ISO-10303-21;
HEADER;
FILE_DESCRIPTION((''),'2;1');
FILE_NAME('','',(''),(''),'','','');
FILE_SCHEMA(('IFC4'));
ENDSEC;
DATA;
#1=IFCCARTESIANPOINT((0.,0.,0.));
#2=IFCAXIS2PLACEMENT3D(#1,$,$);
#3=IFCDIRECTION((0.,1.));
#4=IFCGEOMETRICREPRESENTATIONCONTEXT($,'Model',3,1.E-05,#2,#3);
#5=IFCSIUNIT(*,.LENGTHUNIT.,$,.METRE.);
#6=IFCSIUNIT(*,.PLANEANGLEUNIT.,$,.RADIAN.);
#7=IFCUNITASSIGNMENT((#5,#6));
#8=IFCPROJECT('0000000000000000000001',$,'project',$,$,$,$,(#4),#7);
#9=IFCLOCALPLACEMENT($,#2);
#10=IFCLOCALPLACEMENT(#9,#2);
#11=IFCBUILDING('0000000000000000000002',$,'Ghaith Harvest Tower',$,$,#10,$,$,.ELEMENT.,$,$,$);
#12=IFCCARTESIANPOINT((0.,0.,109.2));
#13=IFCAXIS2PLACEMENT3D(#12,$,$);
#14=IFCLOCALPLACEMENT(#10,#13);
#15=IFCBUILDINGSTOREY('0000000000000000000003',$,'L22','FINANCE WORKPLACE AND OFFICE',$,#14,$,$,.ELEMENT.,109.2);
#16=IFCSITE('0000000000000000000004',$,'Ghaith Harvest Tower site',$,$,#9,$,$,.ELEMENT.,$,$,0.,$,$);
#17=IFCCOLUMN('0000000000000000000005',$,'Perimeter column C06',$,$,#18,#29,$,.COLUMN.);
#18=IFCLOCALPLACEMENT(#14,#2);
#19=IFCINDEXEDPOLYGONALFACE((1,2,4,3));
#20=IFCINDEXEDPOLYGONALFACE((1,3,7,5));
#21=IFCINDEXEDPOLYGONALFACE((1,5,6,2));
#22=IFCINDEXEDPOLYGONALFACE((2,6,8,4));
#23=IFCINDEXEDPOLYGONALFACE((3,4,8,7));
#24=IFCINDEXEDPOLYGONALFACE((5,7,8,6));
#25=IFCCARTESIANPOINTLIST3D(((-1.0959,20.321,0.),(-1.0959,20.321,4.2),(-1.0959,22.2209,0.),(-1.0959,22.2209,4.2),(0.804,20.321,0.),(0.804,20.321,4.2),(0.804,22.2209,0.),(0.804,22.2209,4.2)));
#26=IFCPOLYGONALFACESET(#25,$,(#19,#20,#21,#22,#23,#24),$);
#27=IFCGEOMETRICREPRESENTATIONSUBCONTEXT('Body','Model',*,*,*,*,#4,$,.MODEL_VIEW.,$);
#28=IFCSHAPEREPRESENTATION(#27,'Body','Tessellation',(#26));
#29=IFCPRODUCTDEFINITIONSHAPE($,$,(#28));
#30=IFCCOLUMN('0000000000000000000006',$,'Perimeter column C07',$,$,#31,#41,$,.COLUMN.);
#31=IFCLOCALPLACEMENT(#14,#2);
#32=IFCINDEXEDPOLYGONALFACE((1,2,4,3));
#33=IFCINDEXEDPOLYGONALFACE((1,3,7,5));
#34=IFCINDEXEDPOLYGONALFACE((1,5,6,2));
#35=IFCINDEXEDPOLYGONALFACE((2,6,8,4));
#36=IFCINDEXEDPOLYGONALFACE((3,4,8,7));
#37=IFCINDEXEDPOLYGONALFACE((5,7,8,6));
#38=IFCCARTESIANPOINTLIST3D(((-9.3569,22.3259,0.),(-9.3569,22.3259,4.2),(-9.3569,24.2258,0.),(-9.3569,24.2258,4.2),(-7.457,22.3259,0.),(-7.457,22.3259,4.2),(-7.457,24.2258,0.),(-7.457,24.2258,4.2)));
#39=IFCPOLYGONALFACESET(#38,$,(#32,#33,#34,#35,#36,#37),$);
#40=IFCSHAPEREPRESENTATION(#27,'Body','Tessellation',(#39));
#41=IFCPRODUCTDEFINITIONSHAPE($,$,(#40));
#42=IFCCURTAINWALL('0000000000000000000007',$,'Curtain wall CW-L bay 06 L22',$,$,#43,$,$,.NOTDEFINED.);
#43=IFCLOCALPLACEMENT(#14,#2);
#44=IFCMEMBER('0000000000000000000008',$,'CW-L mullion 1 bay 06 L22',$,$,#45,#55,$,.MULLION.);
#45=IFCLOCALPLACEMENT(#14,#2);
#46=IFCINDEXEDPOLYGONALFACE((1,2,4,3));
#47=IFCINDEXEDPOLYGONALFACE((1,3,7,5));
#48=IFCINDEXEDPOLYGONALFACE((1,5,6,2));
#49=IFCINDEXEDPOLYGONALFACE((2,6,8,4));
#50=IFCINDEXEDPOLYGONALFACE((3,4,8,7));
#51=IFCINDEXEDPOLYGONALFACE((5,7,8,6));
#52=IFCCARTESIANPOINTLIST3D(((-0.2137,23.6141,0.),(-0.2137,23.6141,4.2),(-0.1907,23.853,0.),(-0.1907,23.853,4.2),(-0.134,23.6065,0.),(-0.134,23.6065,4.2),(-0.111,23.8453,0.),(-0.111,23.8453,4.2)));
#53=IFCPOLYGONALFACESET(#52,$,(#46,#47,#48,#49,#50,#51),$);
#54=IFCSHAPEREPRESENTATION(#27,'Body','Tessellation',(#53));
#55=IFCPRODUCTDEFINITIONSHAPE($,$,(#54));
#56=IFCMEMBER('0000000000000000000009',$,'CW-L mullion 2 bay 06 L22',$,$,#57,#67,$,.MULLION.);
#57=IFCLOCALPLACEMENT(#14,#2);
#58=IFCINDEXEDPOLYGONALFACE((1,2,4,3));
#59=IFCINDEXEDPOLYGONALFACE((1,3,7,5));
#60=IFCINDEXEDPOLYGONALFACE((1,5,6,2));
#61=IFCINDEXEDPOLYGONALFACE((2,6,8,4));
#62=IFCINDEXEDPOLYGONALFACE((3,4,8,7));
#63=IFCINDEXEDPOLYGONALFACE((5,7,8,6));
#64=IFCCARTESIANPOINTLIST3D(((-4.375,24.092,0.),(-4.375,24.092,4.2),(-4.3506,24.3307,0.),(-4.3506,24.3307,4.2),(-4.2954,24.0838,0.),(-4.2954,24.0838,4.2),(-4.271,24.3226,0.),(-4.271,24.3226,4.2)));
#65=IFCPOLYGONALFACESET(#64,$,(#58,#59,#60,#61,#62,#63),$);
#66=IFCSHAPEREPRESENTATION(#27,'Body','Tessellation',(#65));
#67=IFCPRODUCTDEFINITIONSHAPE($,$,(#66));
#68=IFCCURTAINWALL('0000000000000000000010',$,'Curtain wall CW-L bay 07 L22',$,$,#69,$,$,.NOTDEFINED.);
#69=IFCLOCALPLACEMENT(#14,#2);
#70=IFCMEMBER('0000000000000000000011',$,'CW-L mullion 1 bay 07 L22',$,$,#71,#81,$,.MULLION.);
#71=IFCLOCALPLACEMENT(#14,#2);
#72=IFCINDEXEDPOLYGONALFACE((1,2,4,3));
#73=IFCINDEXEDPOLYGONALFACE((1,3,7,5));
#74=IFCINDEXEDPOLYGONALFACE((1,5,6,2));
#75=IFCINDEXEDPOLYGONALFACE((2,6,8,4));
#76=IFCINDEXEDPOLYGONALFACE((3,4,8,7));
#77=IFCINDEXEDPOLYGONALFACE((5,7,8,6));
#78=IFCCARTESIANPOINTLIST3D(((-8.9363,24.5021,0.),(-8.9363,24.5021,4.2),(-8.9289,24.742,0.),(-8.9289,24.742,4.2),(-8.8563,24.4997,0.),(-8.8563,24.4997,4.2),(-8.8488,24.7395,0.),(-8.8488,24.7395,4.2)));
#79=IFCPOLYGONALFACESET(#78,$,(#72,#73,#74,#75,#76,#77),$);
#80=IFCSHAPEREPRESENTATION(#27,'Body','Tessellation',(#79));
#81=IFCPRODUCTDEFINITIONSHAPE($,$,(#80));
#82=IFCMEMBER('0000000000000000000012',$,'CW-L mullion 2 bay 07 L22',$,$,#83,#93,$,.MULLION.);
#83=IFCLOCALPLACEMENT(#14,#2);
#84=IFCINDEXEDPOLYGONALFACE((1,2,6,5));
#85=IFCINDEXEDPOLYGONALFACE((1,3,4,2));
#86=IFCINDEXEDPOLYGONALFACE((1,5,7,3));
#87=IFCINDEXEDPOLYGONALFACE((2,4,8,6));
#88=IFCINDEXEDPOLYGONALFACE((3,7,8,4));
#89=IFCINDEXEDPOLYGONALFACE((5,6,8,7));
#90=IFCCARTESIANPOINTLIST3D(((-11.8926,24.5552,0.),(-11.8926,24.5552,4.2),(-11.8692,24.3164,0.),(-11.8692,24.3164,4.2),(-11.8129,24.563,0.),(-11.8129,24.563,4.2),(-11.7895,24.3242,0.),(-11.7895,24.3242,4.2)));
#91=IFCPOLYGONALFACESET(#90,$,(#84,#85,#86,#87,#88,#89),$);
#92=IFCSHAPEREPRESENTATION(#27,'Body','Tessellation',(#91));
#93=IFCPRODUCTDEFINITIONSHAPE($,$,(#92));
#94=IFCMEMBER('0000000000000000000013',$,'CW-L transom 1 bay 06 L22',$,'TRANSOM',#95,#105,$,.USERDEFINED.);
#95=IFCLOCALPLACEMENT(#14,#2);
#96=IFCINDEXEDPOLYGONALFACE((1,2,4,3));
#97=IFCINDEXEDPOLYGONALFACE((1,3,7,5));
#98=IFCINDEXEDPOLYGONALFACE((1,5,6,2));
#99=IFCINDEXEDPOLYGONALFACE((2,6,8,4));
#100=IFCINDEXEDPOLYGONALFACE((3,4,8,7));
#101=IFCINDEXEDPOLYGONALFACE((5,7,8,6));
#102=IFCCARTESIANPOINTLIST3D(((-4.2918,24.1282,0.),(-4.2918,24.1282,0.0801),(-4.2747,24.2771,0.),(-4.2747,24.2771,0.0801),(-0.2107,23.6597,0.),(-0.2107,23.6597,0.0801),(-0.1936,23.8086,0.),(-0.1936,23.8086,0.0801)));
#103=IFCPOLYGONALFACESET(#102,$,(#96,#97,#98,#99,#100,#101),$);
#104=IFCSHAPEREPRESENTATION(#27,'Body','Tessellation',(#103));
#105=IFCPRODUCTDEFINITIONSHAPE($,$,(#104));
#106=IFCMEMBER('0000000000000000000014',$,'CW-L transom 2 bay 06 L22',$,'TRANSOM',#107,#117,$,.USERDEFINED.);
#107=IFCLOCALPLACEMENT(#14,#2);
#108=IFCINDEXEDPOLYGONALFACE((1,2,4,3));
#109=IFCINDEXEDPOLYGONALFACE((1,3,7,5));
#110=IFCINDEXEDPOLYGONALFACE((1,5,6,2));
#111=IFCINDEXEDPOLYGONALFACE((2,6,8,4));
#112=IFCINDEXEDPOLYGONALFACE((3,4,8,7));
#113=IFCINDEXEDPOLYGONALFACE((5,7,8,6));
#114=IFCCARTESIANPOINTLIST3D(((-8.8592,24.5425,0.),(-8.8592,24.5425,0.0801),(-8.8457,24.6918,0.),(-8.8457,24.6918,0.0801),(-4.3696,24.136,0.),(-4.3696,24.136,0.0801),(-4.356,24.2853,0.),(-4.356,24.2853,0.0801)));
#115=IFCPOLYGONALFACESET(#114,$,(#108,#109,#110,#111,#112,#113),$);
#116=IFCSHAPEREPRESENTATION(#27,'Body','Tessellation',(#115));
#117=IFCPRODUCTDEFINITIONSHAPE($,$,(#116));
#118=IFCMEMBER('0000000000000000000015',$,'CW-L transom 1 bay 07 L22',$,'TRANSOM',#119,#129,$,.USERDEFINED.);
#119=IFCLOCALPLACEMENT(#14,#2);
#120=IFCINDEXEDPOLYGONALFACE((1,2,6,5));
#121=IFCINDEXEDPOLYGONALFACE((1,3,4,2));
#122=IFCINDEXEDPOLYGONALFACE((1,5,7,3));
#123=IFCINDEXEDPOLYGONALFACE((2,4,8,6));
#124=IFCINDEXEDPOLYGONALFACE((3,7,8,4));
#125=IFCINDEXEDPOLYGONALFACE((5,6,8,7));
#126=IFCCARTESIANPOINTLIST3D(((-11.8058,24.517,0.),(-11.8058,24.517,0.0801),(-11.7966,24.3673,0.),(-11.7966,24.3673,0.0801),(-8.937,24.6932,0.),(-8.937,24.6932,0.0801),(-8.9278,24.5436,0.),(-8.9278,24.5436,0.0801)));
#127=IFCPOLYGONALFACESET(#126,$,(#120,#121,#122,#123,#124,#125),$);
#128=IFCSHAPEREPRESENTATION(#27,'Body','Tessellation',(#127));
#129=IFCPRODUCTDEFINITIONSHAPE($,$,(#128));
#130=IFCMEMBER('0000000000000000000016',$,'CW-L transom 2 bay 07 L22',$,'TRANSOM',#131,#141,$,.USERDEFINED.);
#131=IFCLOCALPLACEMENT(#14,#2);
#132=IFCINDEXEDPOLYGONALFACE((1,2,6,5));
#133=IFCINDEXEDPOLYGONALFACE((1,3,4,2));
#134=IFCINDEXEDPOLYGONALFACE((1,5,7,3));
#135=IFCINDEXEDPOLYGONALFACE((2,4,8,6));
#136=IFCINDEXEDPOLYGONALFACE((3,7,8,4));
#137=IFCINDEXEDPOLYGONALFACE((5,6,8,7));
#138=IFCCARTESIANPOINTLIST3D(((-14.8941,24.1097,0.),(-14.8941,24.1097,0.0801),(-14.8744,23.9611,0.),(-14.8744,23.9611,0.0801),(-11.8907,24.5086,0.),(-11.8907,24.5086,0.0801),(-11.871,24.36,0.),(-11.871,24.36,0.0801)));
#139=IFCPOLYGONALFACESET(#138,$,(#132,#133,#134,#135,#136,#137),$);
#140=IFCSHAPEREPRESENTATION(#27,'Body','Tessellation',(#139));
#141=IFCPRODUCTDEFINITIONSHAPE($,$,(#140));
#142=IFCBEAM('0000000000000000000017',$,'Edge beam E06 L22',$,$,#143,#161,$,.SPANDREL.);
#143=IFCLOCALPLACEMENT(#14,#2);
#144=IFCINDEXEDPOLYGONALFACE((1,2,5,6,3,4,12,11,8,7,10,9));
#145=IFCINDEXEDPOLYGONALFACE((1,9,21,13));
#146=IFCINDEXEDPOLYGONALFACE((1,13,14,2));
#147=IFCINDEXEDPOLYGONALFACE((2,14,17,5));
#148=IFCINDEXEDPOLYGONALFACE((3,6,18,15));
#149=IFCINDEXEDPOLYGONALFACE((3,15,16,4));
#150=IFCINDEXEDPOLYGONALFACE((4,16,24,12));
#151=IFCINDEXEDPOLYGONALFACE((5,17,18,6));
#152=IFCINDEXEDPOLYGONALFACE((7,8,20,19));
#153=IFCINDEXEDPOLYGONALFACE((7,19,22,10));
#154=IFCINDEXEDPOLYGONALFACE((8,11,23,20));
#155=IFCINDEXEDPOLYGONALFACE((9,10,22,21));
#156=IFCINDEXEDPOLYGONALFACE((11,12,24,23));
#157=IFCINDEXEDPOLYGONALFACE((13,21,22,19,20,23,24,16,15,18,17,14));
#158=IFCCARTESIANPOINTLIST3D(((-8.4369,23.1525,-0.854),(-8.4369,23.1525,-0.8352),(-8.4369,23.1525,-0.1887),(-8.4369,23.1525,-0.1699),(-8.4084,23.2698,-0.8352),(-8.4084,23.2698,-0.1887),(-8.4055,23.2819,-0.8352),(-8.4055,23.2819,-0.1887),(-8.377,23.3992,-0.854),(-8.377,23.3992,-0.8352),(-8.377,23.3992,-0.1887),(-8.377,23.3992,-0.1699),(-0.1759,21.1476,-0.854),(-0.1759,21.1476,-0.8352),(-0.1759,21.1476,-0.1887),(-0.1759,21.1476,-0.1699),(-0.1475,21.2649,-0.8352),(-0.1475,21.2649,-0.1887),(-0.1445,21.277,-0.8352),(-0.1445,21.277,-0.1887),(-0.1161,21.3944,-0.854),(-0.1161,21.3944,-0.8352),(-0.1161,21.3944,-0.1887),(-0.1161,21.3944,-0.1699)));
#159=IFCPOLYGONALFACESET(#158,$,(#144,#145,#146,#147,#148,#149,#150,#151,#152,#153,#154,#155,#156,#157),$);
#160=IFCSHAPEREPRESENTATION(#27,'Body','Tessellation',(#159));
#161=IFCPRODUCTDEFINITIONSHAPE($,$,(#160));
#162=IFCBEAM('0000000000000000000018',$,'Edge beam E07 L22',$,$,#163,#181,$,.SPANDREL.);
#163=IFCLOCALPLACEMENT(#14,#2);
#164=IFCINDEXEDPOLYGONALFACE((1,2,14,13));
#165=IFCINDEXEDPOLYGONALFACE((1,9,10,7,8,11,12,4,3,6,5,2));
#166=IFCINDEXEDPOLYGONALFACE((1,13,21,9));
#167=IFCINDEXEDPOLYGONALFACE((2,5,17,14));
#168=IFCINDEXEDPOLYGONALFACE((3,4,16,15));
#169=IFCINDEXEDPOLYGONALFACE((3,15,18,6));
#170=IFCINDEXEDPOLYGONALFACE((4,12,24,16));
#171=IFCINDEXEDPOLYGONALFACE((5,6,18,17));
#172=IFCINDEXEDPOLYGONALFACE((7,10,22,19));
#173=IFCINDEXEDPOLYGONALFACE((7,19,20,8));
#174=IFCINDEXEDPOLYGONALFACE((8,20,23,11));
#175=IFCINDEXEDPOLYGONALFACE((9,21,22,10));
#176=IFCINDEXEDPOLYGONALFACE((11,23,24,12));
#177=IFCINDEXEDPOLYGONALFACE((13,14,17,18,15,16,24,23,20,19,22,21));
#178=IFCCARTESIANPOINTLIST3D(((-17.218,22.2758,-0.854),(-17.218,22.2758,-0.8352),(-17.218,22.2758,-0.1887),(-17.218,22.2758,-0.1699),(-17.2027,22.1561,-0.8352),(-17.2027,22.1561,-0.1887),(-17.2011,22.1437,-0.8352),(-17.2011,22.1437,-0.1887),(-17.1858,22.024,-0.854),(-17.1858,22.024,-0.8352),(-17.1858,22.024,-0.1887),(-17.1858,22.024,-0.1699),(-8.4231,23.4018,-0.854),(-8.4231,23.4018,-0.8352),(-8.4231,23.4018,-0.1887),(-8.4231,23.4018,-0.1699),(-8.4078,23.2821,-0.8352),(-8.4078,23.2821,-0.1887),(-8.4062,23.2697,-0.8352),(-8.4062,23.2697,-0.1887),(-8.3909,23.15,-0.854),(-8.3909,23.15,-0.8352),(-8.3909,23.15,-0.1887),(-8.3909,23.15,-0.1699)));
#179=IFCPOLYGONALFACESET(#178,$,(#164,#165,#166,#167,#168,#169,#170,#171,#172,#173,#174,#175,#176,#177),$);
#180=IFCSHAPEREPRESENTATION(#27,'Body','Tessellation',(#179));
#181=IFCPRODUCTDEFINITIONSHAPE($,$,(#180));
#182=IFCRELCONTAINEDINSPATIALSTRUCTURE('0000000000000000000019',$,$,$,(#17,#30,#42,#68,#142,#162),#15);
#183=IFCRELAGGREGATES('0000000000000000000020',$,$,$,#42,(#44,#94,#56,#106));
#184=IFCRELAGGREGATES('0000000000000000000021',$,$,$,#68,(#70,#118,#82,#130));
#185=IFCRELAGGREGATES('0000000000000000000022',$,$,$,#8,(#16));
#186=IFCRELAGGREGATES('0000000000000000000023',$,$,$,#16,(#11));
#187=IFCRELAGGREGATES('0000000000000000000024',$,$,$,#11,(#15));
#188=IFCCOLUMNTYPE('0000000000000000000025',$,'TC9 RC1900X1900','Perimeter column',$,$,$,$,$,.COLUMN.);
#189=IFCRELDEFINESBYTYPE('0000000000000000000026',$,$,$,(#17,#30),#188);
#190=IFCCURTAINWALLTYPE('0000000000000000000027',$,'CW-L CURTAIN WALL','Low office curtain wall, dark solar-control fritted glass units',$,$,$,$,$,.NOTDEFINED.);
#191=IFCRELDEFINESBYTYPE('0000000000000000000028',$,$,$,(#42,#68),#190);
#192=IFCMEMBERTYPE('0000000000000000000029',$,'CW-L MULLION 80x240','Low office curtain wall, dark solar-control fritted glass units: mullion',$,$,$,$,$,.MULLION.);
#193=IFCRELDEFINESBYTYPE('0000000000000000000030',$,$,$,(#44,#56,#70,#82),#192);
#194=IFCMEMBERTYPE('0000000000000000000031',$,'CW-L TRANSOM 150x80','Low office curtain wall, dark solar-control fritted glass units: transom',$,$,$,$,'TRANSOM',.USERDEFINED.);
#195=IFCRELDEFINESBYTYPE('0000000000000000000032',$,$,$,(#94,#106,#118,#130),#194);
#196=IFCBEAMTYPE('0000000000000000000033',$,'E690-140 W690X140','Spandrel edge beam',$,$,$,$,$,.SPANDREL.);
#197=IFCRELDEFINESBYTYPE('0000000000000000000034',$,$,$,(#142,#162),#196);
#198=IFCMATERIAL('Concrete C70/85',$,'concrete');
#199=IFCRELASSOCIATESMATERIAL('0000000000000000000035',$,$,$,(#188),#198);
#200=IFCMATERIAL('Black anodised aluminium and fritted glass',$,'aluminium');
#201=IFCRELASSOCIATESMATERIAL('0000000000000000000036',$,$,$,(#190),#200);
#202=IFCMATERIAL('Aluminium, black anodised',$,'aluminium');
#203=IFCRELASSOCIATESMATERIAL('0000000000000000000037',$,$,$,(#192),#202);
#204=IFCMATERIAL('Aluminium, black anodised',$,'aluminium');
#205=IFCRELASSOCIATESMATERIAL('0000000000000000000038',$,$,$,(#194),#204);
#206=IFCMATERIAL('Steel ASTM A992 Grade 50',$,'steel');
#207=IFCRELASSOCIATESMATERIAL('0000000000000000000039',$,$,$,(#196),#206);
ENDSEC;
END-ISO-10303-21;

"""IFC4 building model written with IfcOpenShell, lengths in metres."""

from ifc_helpers import new_model, si_unit, direction, frame, origin, origin_2d, place, context, subcontext, project, spatial, rectangle, i_section, extrude, material, material_profile, profile_set, type_object, element, aggregate, save


model = new_model("IFC4")

# Units and contexts
model_context = context("Model", 3, precision=1e-05, world=origin(), true_north=direction((0.0, 1.0)))
body_context = subcontext(model_context, "Body", "Model", "MODEL_VIEW")
ifc_project = project(units=[si_unit("LENGTHUNIT", "METRE"), si_unit("PLANEANGLEUNIT", "RADIAN")], contexts=[model_context])

# Site, building, storey
site_placement = place(None, origin())
site = spatial("IfcSite", under=ifc_project, at=site_placement, Name="Ghaith Harvest Tower site", CompositionType="ELEMENT", RefElevation=0.0)
building_placement = place(site_placement, origin())
building = spatial("IfcBuilding", under=site, at=building_placement, Name="Ghaith Harvest Tower", CompositionType="ELEMENT")
storey_placement = place(building_placement, frame((0.0, 0.0, 109.2)))
storey = spatial("IfcBuildingStorey", under=building, at=storey_placement, Name="L22", Description="FINANCE WORKPLACE AND OFFICE", CompositionType="ELEMENT", Elevation=109.2)

# Columns
ifc_material_1 = material(Name="Concrete C70/85", Category="concrete")
ifc_material_profile_1 = material_profile(ifc_material_1, rectangle(XDim=1.8999, YDim=1.8999, at=origin_2d()), Name="RC1900X1900")
ifc_profile_set_1 = profile_set([ifc_material_profile_1], Name="Concrete C70/85")
column_type = type_object("IfcColumnType", Name="TC9 RC1900X1900", Description="Perimeter column", PredefinedType="COLUMN", material=ifc_profile_set_1)
for number, where, z_axis, x_axis, name in (
    (1, (-0.146, 21.271, 0.0), (0.0, 0.0, 1.0), (1.0, 0.0, 0.0), "Perimeter column C06"),
    (2, (-8.407, 23.2759, 0.0), (0.0, 0.0, 1.0), (1.0, 0.0, 0.0), "Perimeter column C07"),
):
    element("IfcColumn", number, at=place(storey_placement, frame(where, z_axis=z_axis, x_axis=x_axis)), inside=storey, type_object=column_type, Name=name, PredefinedType="COLUMN", context=body_context, shape_type="SweptSolid", body=[
        extrude(rectangle(XDim=1.8999, YDim=1.8999, at=origin_2d()), origin(), (0.0, 0.0, 1.0), 4.2),
    ])

# Curtain walls, members
ifc_material_2 = material(Name="Black anodised aluminium and fritted glass", Category="aluminium")
curtain_wall_type = type_object("IfcCurtainWallType", Name="CW-L CURTAIN WALL", Description="Low office curtain wall, dark solar-control fritted glass units", PredefinedType="NOTDEFINED", material=ifc_material_2)
curtain_wall_1_placement = place(storey_placement, origin())
curtain_wall_1 = element("IfcCurtainWall", 3, at=curtain_wall_1_placement, inside=storey, type_object=curtain_wall_type, Name="Curtain wall CW-L bay 06 L22", PredefinedType="NOTDEFINED")
ifc_material_3 = material(Name="Aluminium, black anodised", Category="aluminium")
ifc_material_profile_2 = material_profile(ifc_material_3, rectangle(XDim=0.0801, YDim=0.24, at=origin_2d()), Name="CW-L MULLION 80x240")
ifc_profile_set_2 = profile_set([ifc_material_profile_2], Name="Aluminium, black anodised")
member_type_1 = type_object("IfcMemberType", Name="CW-L MULLION 80x240", Description="Low office curtain wall, dark solar-control fritted glass units: mullion", PredefinedType="MULLION", material=ifc_profile_set_2)
member_1_placement = place(storey_placement, frame((-0.1624, 23.7297, 0.0), z_axis=(0.0, 0.0, 1.0), x_axis=(-0.995388, 0.09593, 0.0)))
member_1 = element("IfcMember", 4, at=member_1_placement, type_object=member_type_1, Name="CW-L mullion 1 bay 06 L22", PredefinedType="MULLION", context=body_context, shape_type="SweptSolid", body=[
    extrude(rectangle(XDim=0.0801, YDim=0.24, at=origin_2d()), origin(), (0.0, 0.0, 1.0), 4.2),
])
member_2_placement = place(storey_placement, frame((-4.323, 24.2073, 0.0), z_axis=(0.0, 0.0, 1.0), x_axis=(-0.99483, 0.101551, 0.0)))
member_2 = element("IfcMember", 5, at=member_2_placement, type_object=member_type_1, Name="CW-L mullion 2 bay 06 L22", PredefinedType="MULLION", context=body_context, shape_type="SweptSolid", body=[
    extrude(rectangle(XDim=0.0801, YDim=0.24, at=origin_2d()), origin(), (0.0, 0.0, 1.0), 4.2),
])
curtain_wall_2_placement = place(storey_placement, origin())
curtain_wall_2 = element("IfcCurtainWall", 6, at=curtain_wall_2_placement, inside=storey, type_object=curtain_wall_type, Name="Curtain wall CW-L bay 07 L22", PredefinedType="NOTDEFINED")
member_3_placement = place(storey_placement, frame((-8.8926, 24.6208, 0.0), z_axis=(0.0, 0.0, 1.0), x_axis=(-0.999522, 0.030909, 0.0)))
member_3 = element("IfcMember", 7, at=member_3_placement, type_object=member_type_1, Name="CW-L mullion 1 bay 07 L22", PredefinedType="MULLION", context=body_context, shape_type="SweptSolid", body=[
    extrude(rectangle(XDim=0.0801, YDim=0.24, at=origin_2d()), origin(), (0.0, 0.0, 1.0), 4.2),
])
member_4_placement = place(storey_placement, frame((-11.8411, 24.4397, 0.0), z_axis=(0.0, 0.0, 1.0), x_axis=(-0.995238, -0.09748, 0.0)))
member_4 = element("IfcMember", 8, at=member_4_placement, type_object=member_type_1, Name="CW-L mullion 2 bay 07 L22", PredefinedType="MULLION", context=body_context, shape_type="SweptSolid", body=[
    extrude(rectangle(XDim=0.0801, YDim=0.24, at=origin_2d()), origin(), (0.0, 0.0, 1.0), 4.2),
])

# Members
ifc_material_4 = material(Name="Aluminium, black anodised", Category="aluminium")
ifc_material_profile_3 = material_profile(ifc_material_4, rectangle(XDim=0.1499, YDim=0.0801, at=origin_2d()), Name="CW-L TRANSOM 150x80")
ifc_profile_set_3 = profile_set([ifc_material_profile_3], Name="Aluminium, black anodised")
member_type_2 = type_object("IfcMemberType", Name="CW-L TRANSOM 150x80", Description="Low office curtain wall, dark solar-control fritted glass units: transom", ElementType="TRANSOM", PredefinedType="USERDEFINED", material=ifc_profile_set_3)
member_5_placement = place(storey_placement, frame((-0.2021, 23.7341, 0.04), z_axis=(-0.993475, 0.114051, 0.0), x_axis=(-0.114051, -0.993475, 0.0)))
member_5 = element("IfcMember", 9, at=member_5_placement, type_object=member_type_2, Name="CW-L transom 1 bay 06 L22", ObjectType="TRANSOM", PredefinedType="USERDEFINED", context=body_context, shape_type="SweptSolid", body=[
    extrude(rectangle(XDim=0.1499, YDim=0.0801, at=origin_2d()), origin(), (0.0, 0.0, 1.0), 4.1079),
])
member_6_placement = place(storey_placement, frame((-4.3628, 24.2107, 0.04), z_axis=(-0.995926, 0.09017, 0.0), x_axis=(-0.09017, -0.995926, 0.0)))
member_6 = element("IfcMember", 10, at=member_6_placement, type_object=member_type_2, Name="CW-L transom 2 bay 06 L22", ObjectType="TRANSOM", PredefinedType="USERDEFINED", context=body_context, shape_type="SweptSolid", body=[
    extrude(rectangle(XDim=0.1499, YDim=0.0801, at=origin_2d()), origin(), (0.0, 0.0, 1.0), 4.5081),
])
member_7_placement = place(storey_placement, frame((-8.9324, 24.6184, 0.04), z_axis=(-0.998118, -0.061326, 0.0), x_axis=(0.061326, -0.998118, 0.0)))
member_7 = element("IfcMember", 11, at=member_7_placement, type_object=member_type_2, Name="CW-L transom 1 bay 07 L22", ObjectType="TRANSOM", PredefinedType="USERDEFINED", context=body_context, shape_type="SweptSolid", body=[
    extrude(rectangle(XDim=0.1499, YDim=0.0801, at=origin_2d()), origin(), (0.0, 0.0, 1.0), 2.8743),
])
member_8_placement = place(storey_placement, frame((-11.8809, 24.4343, 0.04), z_axis=(-0.991294, -0.131668, 0.0), x_axis=(0.131668, -0.991294, 0.0)))
member_8 = element("IfcMember", 12, at=member_8_placement, type_object=member_type_2, Name="CW-L transom 2 bay 07 L22", ObjectType="TRANSOM", PredefinedType="USERDEFINED", context=body_context, shape_type="SweptSolid", body=[
    extrude(rectangle(XDim=0.1499, YDim=0.0801, at=origin_2d()), origin(), (0.0, 0.0, 1.0), 3.0298),
])

# Beams
ifc_material_5 = material(Name="Steel ASTM A992 Grade 50", Category="steel")
ifc_material_profile_4 = material_profile(ifc_material_5, i_section(OverallWidth=0.2539, OverallDepth=0.6841, WebThickness=0.0125, FlangeThickness=0.0188, at=origin_2d()), Name="W690X140")
ifc_profile_set_4 = profile_set([ifc_material_profile_4], Name="Steel ASTM A992 Grade 50")
beam_type = type_object("IfcBeamType", Name="E690-140 W690X140", Description="Spandrel edge beam", PredefinedType="SPANDREL", material=ifc_profile_set_4)
beam_1_placement = place(storey_placement, frame((-0.146, 21.271, -0.512), z_axis=(-0.97179, 0.235847, 0.0), x_axis=(-0.235847, -0.97179, 0.0)))
element("IfcBeam", 13, at=beam_1_placement, inside=storey, type_object=beam_type, Name="Edge beam E06 L22", PredefinedType="SPANDREL", context=body_context, shape_type="SweptSolid", body=[
    extrude(i_section(OverallWidth=0.2539, OverallDepth=0.6841, WebThickness=0.0125, FlangeThickness=0.0188, at=origin_2d()), origin(), (0.0, 0.0, 1.0), 8.5007),
])
beam_2_placement = place(storey_placement, frame((-8.407, 23.2759, -0.512), z_axis=(-0.991904, -0.126989, 0.0), x_axis=(0.126989, -0.991904, 0.0)))
element("IfcBeam", 14, at=beam_2_placement, inside=storey, type_object=beam_type, Name="Edge beam E07 L22", PredefinedType="SPANDREL", context=body_context, shape_type="SweptSolid", body=[
    extrude(i_section(OverallWidth=0.2539, OverallDepth=0.6841, WebThickness=0.0125, FlangeThickness=0.0188, at=origin_2d()), origin(), (0.0, 0.0, 1.0), 8.8667),
])

aggregate(curtain_wall_1, [member_1, member_5, member_2, member_6])
aggregate(curtain_wall_2, [member_3, member_7, member_4, member_8])

save(model, "model.ifc")
